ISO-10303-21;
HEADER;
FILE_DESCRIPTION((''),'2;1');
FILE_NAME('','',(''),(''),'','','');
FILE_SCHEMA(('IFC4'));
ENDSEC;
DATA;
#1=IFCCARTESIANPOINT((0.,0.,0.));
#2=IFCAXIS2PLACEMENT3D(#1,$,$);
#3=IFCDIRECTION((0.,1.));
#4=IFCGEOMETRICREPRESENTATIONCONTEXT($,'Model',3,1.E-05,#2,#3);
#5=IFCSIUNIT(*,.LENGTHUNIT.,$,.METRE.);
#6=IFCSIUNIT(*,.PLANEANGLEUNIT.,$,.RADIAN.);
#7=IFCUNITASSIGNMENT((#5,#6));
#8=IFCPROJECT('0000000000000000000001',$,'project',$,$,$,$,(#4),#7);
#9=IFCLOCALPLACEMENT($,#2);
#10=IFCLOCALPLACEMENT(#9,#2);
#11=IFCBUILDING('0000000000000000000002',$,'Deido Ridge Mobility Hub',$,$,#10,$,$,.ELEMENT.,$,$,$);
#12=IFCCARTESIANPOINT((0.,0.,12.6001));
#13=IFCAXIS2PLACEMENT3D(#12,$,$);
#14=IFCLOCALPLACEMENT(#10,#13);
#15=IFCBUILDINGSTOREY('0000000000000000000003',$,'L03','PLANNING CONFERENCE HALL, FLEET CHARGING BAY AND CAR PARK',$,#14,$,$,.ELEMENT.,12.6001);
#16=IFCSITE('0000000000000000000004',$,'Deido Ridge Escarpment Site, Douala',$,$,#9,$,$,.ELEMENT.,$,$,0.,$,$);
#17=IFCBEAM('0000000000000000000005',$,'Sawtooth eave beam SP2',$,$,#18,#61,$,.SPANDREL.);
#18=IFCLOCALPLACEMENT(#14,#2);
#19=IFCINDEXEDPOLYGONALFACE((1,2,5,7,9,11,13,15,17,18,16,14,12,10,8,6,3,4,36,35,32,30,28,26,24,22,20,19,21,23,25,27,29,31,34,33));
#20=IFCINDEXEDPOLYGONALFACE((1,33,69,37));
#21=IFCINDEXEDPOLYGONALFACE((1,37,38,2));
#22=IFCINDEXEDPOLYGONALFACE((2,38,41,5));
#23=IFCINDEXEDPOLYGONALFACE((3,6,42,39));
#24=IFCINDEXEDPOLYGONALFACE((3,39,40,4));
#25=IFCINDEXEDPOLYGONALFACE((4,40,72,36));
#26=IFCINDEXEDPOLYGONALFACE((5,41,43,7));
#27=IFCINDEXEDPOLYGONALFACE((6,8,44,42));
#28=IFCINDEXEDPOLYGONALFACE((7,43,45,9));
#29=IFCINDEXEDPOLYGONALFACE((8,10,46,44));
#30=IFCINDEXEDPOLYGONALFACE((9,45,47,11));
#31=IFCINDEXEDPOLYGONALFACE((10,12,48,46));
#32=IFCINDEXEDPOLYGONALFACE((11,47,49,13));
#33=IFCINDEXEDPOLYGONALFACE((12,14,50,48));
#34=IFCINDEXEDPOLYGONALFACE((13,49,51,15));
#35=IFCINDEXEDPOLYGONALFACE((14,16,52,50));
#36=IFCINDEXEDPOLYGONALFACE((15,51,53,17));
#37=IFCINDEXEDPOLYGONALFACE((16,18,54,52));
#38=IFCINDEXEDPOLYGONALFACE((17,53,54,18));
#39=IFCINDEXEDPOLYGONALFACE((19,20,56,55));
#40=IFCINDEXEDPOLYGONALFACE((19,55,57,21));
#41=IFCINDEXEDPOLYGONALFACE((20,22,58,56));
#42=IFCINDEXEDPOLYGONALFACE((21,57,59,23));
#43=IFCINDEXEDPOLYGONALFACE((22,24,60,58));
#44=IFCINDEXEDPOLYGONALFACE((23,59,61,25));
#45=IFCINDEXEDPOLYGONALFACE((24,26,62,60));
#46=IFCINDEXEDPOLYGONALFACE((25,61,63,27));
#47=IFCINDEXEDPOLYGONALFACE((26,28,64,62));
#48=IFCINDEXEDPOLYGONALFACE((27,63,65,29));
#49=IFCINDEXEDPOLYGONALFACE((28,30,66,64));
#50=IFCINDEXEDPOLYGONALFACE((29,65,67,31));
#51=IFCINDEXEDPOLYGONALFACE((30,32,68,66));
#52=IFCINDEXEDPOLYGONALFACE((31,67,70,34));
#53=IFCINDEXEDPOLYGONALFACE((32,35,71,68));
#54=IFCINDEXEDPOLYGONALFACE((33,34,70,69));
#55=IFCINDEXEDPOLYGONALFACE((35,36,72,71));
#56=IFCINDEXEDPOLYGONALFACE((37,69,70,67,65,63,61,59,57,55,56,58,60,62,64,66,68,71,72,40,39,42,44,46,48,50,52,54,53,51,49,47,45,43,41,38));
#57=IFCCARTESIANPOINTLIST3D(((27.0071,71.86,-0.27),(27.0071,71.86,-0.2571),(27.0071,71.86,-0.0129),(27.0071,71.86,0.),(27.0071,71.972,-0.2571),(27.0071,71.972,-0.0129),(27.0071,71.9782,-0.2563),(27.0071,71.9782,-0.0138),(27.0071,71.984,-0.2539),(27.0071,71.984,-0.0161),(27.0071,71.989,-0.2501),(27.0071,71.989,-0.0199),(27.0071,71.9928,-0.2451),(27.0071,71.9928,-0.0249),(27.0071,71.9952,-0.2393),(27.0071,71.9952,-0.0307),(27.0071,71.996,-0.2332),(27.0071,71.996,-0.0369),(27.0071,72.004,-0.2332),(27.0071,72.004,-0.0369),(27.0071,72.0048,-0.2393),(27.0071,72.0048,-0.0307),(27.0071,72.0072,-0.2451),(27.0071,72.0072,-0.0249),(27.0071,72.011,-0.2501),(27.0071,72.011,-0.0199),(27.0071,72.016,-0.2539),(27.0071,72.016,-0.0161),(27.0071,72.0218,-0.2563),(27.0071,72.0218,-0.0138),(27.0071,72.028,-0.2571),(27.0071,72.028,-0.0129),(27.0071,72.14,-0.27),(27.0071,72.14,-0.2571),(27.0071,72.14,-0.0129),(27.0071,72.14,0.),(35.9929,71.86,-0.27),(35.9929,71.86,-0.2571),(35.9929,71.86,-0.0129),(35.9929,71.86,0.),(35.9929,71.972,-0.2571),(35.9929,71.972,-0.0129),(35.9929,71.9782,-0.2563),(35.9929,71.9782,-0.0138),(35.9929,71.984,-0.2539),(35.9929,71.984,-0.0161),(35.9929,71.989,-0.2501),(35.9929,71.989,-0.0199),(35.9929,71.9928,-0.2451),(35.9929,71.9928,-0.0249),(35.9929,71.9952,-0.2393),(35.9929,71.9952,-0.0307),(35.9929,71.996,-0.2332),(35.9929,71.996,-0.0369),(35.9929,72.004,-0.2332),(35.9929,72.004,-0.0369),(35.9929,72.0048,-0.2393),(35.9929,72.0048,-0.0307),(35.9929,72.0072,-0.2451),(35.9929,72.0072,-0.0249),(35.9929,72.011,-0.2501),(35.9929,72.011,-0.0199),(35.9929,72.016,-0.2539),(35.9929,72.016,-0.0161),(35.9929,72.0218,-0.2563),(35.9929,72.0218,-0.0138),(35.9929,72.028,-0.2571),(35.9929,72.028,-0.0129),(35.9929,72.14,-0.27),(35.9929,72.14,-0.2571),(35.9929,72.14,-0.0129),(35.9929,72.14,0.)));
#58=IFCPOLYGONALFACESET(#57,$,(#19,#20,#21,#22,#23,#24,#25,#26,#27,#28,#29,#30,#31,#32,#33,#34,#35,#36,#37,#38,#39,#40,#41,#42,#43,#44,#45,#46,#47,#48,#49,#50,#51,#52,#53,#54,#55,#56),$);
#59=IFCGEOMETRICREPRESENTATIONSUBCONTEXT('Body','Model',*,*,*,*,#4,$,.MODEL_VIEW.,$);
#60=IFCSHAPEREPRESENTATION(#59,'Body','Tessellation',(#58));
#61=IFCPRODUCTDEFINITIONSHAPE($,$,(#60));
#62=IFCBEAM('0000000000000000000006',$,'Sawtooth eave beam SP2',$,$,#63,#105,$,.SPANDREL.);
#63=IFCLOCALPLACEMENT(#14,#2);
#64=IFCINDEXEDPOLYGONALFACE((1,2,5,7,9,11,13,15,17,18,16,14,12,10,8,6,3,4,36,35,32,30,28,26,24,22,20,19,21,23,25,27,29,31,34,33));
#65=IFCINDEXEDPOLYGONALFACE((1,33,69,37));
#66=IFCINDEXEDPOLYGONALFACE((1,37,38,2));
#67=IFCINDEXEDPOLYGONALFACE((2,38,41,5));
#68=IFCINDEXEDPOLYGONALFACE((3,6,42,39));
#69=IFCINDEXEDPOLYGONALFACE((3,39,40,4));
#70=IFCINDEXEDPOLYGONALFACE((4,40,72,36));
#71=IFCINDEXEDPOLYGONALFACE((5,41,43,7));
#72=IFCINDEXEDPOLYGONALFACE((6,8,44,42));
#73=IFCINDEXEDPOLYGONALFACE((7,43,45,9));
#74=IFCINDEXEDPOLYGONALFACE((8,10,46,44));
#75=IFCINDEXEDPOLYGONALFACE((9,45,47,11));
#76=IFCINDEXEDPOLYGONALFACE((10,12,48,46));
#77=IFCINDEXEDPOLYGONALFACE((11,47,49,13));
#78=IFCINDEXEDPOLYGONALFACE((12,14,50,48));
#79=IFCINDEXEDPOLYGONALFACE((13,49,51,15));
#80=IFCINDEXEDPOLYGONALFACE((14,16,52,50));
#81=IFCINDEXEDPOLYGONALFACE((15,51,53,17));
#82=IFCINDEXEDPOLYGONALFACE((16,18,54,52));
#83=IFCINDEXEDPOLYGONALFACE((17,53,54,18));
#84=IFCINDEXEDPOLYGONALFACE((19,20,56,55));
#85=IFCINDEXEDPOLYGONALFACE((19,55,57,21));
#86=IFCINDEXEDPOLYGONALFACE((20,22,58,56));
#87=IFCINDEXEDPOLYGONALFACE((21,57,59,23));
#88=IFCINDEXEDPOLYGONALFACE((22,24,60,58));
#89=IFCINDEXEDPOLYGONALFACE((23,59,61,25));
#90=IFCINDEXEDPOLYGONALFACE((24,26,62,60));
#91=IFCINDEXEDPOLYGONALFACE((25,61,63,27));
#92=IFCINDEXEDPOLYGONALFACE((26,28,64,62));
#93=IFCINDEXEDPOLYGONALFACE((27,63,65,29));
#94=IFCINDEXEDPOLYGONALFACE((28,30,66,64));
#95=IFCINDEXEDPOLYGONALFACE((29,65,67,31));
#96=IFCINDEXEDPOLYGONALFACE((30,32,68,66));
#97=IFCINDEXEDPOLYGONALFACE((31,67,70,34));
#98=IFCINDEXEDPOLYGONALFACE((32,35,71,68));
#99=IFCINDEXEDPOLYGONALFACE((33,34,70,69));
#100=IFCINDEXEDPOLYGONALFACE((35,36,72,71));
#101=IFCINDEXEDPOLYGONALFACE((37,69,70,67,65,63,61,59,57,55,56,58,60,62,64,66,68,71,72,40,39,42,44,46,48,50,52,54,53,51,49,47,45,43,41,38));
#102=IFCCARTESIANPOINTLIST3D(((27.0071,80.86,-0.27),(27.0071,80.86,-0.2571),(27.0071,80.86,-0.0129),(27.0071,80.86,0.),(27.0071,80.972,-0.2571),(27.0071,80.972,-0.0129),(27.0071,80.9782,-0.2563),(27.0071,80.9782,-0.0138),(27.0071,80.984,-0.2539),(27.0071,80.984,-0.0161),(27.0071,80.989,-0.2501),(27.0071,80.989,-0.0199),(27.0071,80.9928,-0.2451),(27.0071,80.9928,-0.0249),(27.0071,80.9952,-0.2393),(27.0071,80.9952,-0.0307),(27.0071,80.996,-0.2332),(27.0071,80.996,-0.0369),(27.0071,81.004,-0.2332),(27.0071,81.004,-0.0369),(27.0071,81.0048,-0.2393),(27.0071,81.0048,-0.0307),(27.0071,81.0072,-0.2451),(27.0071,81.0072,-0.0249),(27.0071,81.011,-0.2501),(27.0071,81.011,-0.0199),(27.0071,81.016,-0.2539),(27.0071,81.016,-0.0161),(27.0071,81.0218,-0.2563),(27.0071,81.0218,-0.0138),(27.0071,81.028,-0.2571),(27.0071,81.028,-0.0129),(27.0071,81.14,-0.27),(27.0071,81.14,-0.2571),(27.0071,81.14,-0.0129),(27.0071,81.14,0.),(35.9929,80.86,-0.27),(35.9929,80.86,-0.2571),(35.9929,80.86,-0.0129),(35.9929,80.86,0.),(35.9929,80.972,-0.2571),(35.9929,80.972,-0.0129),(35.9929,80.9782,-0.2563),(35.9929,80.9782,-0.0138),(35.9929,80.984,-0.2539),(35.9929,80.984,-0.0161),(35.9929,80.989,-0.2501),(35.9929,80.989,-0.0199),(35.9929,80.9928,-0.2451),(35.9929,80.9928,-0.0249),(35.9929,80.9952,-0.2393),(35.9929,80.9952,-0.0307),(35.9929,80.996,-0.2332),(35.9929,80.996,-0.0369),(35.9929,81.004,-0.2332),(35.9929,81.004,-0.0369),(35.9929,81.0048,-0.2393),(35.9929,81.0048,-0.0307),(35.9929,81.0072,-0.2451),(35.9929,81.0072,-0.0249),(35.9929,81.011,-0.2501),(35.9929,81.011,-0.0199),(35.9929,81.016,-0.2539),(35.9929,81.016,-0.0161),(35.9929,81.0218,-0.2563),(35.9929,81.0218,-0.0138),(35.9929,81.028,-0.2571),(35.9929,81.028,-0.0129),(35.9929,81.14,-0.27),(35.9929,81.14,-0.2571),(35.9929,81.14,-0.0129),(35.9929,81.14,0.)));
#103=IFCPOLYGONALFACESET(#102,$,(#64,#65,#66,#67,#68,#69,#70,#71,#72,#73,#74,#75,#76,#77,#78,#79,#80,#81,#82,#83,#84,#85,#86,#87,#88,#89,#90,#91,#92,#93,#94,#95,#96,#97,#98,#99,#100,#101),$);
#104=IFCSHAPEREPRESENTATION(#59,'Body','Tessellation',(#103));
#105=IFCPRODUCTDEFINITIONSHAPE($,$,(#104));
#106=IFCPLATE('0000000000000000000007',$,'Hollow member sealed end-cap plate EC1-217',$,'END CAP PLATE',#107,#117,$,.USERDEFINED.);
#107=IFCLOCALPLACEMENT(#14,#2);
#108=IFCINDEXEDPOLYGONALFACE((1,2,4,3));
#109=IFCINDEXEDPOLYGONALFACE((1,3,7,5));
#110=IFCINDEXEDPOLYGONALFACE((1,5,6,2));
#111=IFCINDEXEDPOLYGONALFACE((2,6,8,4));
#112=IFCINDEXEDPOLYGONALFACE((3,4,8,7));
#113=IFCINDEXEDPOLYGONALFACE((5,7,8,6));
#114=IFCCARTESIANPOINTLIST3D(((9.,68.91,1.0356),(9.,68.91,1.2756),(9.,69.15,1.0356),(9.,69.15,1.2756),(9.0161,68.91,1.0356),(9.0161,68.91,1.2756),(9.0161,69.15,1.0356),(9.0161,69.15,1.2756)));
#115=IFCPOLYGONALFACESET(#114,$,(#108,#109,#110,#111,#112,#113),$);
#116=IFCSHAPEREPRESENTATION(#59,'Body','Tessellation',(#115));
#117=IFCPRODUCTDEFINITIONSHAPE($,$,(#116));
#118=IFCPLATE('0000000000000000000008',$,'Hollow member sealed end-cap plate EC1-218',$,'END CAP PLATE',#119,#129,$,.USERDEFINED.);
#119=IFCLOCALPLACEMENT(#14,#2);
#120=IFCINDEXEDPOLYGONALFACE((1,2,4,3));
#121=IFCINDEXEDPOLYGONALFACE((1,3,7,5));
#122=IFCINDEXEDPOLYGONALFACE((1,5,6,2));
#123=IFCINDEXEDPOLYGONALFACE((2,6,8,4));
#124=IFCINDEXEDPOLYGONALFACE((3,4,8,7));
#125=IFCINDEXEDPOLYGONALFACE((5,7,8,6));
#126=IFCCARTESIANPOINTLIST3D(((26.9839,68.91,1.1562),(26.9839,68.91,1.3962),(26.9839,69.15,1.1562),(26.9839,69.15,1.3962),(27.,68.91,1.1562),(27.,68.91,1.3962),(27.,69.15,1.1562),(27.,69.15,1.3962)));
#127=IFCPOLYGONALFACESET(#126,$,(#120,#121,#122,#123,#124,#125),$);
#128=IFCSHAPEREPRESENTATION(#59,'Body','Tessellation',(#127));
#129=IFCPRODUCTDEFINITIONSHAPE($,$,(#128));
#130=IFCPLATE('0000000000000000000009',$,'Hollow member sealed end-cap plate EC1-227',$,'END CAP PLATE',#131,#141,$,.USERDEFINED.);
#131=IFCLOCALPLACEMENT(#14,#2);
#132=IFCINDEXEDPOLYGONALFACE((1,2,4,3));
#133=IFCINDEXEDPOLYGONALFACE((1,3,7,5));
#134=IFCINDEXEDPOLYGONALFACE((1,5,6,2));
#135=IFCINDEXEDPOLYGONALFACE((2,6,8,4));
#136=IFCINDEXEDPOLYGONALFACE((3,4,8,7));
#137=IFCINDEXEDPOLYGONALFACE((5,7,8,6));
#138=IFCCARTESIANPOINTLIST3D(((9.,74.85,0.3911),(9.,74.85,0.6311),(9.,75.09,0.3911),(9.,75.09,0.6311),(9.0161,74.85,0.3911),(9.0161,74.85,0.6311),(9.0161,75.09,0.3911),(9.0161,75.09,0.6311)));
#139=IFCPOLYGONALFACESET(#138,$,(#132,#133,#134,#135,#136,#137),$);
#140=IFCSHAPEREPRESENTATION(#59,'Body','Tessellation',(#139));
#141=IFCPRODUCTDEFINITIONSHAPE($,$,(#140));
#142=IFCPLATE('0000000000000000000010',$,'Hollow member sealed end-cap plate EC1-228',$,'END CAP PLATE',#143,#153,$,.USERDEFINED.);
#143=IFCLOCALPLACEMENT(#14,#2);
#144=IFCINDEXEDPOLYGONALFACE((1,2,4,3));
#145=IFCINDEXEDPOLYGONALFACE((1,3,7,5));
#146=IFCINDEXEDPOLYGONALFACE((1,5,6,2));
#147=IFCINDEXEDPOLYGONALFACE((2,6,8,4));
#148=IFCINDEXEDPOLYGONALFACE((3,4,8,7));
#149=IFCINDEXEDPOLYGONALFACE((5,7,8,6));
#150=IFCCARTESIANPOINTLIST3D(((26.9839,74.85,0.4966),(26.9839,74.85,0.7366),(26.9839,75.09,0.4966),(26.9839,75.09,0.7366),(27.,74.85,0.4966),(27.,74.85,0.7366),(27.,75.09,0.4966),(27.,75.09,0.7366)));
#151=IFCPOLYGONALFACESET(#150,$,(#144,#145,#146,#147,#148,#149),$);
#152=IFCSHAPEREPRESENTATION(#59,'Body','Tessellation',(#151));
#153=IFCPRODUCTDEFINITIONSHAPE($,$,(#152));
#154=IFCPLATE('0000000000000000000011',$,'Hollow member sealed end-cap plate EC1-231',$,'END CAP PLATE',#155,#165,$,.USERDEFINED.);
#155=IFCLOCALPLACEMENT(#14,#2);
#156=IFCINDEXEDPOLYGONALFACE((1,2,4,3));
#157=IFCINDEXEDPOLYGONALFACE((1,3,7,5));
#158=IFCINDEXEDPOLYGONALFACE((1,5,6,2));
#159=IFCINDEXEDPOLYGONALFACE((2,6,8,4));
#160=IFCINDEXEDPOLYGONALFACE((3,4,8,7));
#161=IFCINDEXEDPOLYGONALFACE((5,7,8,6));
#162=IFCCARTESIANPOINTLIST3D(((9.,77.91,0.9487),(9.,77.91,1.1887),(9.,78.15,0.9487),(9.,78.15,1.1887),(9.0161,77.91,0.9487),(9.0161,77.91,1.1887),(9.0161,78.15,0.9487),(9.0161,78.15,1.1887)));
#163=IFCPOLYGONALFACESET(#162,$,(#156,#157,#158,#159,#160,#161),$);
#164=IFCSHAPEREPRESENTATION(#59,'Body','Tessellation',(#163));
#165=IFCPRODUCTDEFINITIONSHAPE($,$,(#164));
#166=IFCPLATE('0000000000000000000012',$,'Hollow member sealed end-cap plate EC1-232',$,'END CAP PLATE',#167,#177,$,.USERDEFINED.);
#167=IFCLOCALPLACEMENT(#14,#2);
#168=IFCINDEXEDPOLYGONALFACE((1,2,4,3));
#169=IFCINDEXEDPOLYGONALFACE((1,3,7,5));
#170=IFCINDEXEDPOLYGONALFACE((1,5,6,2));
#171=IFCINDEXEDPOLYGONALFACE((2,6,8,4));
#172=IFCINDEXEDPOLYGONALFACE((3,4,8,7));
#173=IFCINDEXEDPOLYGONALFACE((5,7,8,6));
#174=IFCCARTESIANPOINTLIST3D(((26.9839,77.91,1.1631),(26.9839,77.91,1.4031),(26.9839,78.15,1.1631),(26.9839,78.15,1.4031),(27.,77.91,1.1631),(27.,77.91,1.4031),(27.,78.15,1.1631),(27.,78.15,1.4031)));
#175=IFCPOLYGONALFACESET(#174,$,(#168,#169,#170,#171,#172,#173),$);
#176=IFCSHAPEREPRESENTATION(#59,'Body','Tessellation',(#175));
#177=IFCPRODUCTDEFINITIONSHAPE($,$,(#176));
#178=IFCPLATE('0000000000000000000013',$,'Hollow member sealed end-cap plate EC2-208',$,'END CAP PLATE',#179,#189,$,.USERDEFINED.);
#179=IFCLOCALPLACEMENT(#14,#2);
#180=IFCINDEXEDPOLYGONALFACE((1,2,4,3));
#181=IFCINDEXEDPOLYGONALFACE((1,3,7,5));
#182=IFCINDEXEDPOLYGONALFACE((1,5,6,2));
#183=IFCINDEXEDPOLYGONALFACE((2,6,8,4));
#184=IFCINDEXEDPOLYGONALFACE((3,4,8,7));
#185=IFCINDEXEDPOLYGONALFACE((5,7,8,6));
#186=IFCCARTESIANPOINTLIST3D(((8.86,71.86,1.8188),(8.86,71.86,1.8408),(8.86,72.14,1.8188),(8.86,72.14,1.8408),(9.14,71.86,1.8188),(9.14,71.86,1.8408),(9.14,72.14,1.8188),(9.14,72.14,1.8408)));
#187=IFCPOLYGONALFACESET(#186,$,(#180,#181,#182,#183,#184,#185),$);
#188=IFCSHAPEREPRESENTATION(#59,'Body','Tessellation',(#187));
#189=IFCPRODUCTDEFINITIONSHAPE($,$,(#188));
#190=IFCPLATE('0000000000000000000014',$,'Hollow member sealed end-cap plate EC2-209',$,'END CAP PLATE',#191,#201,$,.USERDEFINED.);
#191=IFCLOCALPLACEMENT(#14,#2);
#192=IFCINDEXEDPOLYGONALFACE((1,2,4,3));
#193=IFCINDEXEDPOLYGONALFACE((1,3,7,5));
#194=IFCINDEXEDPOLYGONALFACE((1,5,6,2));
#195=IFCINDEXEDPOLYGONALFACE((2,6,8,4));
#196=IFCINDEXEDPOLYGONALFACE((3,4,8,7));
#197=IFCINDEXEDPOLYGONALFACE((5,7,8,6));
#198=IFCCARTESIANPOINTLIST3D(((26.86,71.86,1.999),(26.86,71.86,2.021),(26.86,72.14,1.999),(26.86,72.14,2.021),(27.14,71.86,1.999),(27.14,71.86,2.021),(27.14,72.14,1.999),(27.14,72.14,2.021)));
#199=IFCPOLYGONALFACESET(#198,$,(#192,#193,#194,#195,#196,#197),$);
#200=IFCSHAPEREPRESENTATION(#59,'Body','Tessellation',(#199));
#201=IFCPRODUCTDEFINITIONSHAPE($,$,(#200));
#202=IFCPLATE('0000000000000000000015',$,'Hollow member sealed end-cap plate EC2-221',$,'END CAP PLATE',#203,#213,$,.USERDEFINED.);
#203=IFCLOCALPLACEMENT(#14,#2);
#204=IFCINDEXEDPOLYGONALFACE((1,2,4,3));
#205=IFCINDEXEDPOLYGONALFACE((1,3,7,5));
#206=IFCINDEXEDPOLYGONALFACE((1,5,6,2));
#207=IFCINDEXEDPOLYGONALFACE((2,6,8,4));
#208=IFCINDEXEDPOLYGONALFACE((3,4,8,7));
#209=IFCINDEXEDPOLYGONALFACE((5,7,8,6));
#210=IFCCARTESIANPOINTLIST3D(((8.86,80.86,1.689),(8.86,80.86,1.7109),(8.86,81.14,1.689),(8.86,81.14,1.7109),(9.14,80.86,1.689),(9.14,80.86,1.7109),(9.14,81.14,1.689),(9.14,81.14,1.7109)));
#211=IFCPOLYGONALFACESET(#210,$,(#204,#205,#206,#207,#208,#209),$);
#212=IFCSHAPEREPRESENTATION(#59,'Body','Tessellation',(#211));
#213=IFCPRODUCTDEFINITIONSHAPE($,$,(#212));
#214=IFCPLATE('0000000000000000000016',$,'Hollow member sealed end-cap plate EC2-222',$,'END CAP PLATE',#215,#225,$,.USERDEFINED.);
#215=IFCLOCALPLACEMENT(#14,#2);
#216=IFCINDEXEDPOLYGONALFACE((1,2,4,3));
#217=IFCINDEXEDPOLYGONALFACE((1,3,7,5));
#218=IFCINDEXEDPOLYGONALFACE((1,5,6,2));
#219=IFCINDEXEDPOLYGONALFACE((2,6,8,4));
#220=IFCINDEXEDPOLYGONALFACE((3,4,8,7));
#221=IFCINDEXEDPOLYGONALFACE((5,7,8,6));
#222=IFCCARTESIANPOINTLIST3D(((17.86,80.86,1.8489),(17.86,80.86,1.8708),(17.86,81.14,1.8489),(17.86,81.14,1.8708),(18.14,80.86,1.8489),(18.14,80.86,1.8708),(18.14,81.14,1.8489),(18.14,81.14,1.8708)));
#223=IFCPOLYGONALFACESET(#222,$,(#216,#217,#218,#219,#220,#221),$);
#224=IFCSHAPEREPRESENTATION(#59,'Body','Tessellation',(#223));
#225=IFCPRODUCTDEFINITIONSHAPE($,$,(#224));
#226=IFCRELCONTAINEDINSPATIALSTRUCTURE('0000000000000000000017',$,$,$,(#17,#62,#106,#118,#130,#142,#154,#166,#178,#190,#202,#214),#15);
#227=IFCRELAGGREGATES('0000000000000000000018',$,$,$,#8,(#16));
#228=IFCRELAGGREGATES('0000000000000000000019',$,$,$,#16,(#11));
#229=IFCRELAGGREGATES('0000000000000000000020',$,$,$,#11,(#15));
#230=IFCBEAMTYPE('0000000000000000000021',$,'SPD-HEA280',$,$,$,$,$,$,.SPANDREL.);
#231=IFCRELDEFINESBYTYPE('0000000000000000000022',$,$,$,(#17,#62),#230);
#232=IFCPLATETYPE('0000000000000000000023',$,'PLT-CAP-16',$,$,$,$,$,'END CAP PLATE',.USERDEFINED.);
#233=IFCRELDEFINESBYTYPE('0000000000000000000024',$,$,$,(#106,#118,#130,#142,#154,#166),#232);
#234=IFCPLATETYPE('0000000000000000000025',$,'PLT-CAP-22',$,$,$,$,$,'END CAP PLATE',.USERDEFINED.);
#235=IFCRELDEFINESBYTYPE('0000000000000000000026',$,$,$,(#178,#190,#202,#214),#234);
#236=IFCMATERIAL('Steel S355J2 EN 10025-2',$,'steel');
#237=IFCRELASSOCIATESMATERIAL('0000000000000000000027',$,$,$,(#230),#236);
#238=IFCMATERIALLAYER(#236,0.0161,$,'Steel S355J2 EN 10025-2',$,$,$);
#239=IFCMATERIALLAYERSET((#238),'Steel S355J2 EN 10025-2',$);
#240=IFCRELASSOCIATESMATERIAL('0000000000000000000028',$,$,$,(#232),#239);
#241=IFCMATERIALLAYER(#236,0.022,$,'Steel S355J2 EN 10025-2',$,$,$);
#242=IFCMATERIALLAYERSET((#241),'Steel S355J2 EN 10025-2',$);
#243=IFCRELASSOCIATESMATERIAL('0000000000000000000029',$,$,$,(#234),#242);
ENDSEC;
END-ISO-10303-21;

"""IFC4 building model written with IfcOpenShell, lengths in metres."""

from ifc_helpers import new_model, si_unit, direction, frame, origin, origin_2d, place, context, subcontext, project, spatial, rectangle, i_section, extrude, material, layer, layer_set, material_profile, profile_set, type_object, element, save


model = new_model("IFC4")

# Units and contexts
model_context = context("Model", 3, precision=1e-05, world=origin(), true_north=direction((0.0, 1.0)))
body_context = subcontext(model_context, "Body", "Model", "MODEL_VIEW")
ifc_project = project(units=[si_unit("LENGTHUNIT", "METRE"), si_unit("PLANEANGLEUNIT", "RADIAN")], contexts=[model_context])

# Site, building, storey
site_placement = place(None, origin())
site = spatial("IfcSite", under=ifc_project, at=site_placement, Name="Deido Ridge Escarpment Site, Douala", CompositionType="ELEMENT", RefElevation=0.0)
building_placement = place(site_placement, origin())
building = spatial("IfcBuilding", under=site, at=building_placement, Name="Deido Ridge Mobility Hub", CompositionType="ELEMENT")
storey_placement = place(building_placement, frame((0.0, 0.0, 12.6001)))
storey = spatial("IfcBuildingStorey", under=building, at=storey_placement, Name="L03", Description="PLANNING CONFERENCE HALL, FLEET CHARGING BAY AND CAR PARK", CompositionType="ELEMENT", Elevation=12.6001)

# Beams
ifc_material_1 = material(Name="Steel S355J2 EN 10025-2", Category="steel")
ifc_material_profile_1 = material_profile(ifc_material_1, i_section(OverallWidth=0.28, OverallDepth=0.27, WebThickness=0.0081, FlangeThickness=0.0129, FilletRadius=0.0239, at=origin_2d()), Name="HEA 280")
ifc_profile_set_1 = profile_set([ifc_material_profile_1], Name="Steel S355J2 EN 10025-2")
beam_type = type_object("IfcBeamType", Name="SPD-HEA280", PredefinedType="SPANDREL", material=ifc_profile_set_1)
for number, where, z_axis, x_axis, name in (
    (1, (27.0071, 72.0, -0.135), (1.0, 0.0, 0.0), (0.0, 1.0, 0.0), "Sawtooth eave beam SP2"),
    (2, (27.0071, 81.0, -0.135), (1.0, 0.0, 0.0), (0.0, 1.0, 0.0), "Sawtooth eave beam SP2"),
):
    element("IfcBeam", number, at=place(storey_placement, frame(where, z_axis=z_axis, x_axis=x_axis)), inside=storey, type_object=beam_type, Name=name, PredefinedType="SPANDREL", context=body_context, shape_type="SweptSolid", body=[
        extrude(i_section(OverallWidth=0.28, OverallDepth=0.27, WebThickness=0.0081, FlangeThickness=0.0129, FilletRadius=0.0239, at=origin_2d()), origin(), (0.0, 0.0, 1.0), 8.9858),
    ])

# Plates
ifc_layer_1 = layer(ifc_material_1, 0.0161, Name="Steel S355J2 EN 10025-2")
ifc_layer_set_1 = layer_set([ifc_layer_1], Name="Steel S355J2 EN 10025-2")
plate_type_1 = type_object("IfcPlateType", Name="PLT-CAP-16", ElementType="END CAP PLATE", PredefinedType="USERDEFINED", material=ifc_layer_set_1)
for number, where, z_axis, x_axis, name in (
    (3, (9.0081, 69.03, 1.0356), (0.0, 0.0, 1.0), (1.0, 0.0, 0.0), "Hollow member sealed end-cap plate EC1-217"),
    (4, (26.9919, 69.03, 1.1562), (0.0, 0.0, 1.0), (1.0, 0.0, 0.0), "Hollow member sealed end-cap plate EC1-218"),
    (5, (9.0081, 74.97, 0.3911), (0.0, 0.0, 1.0), (1.0, 0.0, 0.0), "Hollow member sealed end-cap plate EC1-227"),
    (6, (26.9919, 74.97, 0.4966), (0.0, 0.0, 1.0), (1.0, 0.0, 0.0), "Hollow member sealed end-cap plate EC1-228"),
    (7, (9.0081, 78.03, 0.9487), (0.0, 0.0, 1.0), (1.0, 0.0, 0.0), "Hollow member sealed end-cap plate EC1-231"),
    (8, (26.9919, 78.03, 1.1631), (0.0, 0.0, 1.0), (1.0, 0.0, 0.0), "Hollow member sealed end-cap plate EC1-232"),
):
    element("IfcPlate", number, at=place(storey_placement, frame(where, z_axis=z_axis, x_axis=x_axis)), inside=storey, type_object=plate_type_1, Name=name, ObjectType="END CAP PLATE", PredefinedType="USERDEFINED", context=body_context, shape_type="SweptSolid", body=[
        extrude(rectangle(XDim=0.0161, YDim=0.24, at=origin_2d()), origin(), (0.0, 0.0, 1.0), 0.24),
    ])
ifc_layer_2 = layer(ifc_material_1, 0.022, Name="Steel S355J2 EN 10025-2")
ifc_layer_set_2 = layer_set([ifc_layer_2], Name="Steel S355J2 EN 10025-2")
plate_type_2 = type_object("IfcPlateType", Name="PLT-CAP-22", ElementType="END CAP PLATE", PredefinedType="USERDEFINED", material=ifc_layer_set_2)
for number, where, z_axis, x_axis, name in (
    (9, (9.0, 72.0, 1.8188), (0.0, 0.0, 1.0), (1.0, 0.0, 0.0), "Hollow member sealed end-cap plate EC2-208"),
    (10, (27.0, 72.0, 1.999), (0.0, 0.0, 1.0), (1.0, 0.0, 0.0), "Hollow member sealed end-cap plate EC2-209"),
    (11, (9.0, 81.0, 1.689), (0.0, 0.0, 1.0), (1.0, 0.0, 0.0), "Hollow member sealed end-cap plate EC2-221"),
    (12, (18.0, 81.0, 1.8489), (0.0, 0.0, 1.0), (1.0, 0.0, 0.0), "Hollow member sealed end-cap plate EC2-222"),
):
    element("IfcPlate", number, at=place(storey_placement, frame(where, z_axis=z_axis, x_axis=x_axis)), inside=storey, type_object=plate_type_2, Name=name, ObjectType="END CAP PLATE", PredefinedType="USERDEFINED", context=body_context, shape_type="SweptSolid", body=[
        extrude(rectangle(XDim=0.28, YDim=0.28, at=origin_2d()), origin(), (0.0, 0.0, 1.0), 0.022),
    ])

save(model, "model.ifc")
